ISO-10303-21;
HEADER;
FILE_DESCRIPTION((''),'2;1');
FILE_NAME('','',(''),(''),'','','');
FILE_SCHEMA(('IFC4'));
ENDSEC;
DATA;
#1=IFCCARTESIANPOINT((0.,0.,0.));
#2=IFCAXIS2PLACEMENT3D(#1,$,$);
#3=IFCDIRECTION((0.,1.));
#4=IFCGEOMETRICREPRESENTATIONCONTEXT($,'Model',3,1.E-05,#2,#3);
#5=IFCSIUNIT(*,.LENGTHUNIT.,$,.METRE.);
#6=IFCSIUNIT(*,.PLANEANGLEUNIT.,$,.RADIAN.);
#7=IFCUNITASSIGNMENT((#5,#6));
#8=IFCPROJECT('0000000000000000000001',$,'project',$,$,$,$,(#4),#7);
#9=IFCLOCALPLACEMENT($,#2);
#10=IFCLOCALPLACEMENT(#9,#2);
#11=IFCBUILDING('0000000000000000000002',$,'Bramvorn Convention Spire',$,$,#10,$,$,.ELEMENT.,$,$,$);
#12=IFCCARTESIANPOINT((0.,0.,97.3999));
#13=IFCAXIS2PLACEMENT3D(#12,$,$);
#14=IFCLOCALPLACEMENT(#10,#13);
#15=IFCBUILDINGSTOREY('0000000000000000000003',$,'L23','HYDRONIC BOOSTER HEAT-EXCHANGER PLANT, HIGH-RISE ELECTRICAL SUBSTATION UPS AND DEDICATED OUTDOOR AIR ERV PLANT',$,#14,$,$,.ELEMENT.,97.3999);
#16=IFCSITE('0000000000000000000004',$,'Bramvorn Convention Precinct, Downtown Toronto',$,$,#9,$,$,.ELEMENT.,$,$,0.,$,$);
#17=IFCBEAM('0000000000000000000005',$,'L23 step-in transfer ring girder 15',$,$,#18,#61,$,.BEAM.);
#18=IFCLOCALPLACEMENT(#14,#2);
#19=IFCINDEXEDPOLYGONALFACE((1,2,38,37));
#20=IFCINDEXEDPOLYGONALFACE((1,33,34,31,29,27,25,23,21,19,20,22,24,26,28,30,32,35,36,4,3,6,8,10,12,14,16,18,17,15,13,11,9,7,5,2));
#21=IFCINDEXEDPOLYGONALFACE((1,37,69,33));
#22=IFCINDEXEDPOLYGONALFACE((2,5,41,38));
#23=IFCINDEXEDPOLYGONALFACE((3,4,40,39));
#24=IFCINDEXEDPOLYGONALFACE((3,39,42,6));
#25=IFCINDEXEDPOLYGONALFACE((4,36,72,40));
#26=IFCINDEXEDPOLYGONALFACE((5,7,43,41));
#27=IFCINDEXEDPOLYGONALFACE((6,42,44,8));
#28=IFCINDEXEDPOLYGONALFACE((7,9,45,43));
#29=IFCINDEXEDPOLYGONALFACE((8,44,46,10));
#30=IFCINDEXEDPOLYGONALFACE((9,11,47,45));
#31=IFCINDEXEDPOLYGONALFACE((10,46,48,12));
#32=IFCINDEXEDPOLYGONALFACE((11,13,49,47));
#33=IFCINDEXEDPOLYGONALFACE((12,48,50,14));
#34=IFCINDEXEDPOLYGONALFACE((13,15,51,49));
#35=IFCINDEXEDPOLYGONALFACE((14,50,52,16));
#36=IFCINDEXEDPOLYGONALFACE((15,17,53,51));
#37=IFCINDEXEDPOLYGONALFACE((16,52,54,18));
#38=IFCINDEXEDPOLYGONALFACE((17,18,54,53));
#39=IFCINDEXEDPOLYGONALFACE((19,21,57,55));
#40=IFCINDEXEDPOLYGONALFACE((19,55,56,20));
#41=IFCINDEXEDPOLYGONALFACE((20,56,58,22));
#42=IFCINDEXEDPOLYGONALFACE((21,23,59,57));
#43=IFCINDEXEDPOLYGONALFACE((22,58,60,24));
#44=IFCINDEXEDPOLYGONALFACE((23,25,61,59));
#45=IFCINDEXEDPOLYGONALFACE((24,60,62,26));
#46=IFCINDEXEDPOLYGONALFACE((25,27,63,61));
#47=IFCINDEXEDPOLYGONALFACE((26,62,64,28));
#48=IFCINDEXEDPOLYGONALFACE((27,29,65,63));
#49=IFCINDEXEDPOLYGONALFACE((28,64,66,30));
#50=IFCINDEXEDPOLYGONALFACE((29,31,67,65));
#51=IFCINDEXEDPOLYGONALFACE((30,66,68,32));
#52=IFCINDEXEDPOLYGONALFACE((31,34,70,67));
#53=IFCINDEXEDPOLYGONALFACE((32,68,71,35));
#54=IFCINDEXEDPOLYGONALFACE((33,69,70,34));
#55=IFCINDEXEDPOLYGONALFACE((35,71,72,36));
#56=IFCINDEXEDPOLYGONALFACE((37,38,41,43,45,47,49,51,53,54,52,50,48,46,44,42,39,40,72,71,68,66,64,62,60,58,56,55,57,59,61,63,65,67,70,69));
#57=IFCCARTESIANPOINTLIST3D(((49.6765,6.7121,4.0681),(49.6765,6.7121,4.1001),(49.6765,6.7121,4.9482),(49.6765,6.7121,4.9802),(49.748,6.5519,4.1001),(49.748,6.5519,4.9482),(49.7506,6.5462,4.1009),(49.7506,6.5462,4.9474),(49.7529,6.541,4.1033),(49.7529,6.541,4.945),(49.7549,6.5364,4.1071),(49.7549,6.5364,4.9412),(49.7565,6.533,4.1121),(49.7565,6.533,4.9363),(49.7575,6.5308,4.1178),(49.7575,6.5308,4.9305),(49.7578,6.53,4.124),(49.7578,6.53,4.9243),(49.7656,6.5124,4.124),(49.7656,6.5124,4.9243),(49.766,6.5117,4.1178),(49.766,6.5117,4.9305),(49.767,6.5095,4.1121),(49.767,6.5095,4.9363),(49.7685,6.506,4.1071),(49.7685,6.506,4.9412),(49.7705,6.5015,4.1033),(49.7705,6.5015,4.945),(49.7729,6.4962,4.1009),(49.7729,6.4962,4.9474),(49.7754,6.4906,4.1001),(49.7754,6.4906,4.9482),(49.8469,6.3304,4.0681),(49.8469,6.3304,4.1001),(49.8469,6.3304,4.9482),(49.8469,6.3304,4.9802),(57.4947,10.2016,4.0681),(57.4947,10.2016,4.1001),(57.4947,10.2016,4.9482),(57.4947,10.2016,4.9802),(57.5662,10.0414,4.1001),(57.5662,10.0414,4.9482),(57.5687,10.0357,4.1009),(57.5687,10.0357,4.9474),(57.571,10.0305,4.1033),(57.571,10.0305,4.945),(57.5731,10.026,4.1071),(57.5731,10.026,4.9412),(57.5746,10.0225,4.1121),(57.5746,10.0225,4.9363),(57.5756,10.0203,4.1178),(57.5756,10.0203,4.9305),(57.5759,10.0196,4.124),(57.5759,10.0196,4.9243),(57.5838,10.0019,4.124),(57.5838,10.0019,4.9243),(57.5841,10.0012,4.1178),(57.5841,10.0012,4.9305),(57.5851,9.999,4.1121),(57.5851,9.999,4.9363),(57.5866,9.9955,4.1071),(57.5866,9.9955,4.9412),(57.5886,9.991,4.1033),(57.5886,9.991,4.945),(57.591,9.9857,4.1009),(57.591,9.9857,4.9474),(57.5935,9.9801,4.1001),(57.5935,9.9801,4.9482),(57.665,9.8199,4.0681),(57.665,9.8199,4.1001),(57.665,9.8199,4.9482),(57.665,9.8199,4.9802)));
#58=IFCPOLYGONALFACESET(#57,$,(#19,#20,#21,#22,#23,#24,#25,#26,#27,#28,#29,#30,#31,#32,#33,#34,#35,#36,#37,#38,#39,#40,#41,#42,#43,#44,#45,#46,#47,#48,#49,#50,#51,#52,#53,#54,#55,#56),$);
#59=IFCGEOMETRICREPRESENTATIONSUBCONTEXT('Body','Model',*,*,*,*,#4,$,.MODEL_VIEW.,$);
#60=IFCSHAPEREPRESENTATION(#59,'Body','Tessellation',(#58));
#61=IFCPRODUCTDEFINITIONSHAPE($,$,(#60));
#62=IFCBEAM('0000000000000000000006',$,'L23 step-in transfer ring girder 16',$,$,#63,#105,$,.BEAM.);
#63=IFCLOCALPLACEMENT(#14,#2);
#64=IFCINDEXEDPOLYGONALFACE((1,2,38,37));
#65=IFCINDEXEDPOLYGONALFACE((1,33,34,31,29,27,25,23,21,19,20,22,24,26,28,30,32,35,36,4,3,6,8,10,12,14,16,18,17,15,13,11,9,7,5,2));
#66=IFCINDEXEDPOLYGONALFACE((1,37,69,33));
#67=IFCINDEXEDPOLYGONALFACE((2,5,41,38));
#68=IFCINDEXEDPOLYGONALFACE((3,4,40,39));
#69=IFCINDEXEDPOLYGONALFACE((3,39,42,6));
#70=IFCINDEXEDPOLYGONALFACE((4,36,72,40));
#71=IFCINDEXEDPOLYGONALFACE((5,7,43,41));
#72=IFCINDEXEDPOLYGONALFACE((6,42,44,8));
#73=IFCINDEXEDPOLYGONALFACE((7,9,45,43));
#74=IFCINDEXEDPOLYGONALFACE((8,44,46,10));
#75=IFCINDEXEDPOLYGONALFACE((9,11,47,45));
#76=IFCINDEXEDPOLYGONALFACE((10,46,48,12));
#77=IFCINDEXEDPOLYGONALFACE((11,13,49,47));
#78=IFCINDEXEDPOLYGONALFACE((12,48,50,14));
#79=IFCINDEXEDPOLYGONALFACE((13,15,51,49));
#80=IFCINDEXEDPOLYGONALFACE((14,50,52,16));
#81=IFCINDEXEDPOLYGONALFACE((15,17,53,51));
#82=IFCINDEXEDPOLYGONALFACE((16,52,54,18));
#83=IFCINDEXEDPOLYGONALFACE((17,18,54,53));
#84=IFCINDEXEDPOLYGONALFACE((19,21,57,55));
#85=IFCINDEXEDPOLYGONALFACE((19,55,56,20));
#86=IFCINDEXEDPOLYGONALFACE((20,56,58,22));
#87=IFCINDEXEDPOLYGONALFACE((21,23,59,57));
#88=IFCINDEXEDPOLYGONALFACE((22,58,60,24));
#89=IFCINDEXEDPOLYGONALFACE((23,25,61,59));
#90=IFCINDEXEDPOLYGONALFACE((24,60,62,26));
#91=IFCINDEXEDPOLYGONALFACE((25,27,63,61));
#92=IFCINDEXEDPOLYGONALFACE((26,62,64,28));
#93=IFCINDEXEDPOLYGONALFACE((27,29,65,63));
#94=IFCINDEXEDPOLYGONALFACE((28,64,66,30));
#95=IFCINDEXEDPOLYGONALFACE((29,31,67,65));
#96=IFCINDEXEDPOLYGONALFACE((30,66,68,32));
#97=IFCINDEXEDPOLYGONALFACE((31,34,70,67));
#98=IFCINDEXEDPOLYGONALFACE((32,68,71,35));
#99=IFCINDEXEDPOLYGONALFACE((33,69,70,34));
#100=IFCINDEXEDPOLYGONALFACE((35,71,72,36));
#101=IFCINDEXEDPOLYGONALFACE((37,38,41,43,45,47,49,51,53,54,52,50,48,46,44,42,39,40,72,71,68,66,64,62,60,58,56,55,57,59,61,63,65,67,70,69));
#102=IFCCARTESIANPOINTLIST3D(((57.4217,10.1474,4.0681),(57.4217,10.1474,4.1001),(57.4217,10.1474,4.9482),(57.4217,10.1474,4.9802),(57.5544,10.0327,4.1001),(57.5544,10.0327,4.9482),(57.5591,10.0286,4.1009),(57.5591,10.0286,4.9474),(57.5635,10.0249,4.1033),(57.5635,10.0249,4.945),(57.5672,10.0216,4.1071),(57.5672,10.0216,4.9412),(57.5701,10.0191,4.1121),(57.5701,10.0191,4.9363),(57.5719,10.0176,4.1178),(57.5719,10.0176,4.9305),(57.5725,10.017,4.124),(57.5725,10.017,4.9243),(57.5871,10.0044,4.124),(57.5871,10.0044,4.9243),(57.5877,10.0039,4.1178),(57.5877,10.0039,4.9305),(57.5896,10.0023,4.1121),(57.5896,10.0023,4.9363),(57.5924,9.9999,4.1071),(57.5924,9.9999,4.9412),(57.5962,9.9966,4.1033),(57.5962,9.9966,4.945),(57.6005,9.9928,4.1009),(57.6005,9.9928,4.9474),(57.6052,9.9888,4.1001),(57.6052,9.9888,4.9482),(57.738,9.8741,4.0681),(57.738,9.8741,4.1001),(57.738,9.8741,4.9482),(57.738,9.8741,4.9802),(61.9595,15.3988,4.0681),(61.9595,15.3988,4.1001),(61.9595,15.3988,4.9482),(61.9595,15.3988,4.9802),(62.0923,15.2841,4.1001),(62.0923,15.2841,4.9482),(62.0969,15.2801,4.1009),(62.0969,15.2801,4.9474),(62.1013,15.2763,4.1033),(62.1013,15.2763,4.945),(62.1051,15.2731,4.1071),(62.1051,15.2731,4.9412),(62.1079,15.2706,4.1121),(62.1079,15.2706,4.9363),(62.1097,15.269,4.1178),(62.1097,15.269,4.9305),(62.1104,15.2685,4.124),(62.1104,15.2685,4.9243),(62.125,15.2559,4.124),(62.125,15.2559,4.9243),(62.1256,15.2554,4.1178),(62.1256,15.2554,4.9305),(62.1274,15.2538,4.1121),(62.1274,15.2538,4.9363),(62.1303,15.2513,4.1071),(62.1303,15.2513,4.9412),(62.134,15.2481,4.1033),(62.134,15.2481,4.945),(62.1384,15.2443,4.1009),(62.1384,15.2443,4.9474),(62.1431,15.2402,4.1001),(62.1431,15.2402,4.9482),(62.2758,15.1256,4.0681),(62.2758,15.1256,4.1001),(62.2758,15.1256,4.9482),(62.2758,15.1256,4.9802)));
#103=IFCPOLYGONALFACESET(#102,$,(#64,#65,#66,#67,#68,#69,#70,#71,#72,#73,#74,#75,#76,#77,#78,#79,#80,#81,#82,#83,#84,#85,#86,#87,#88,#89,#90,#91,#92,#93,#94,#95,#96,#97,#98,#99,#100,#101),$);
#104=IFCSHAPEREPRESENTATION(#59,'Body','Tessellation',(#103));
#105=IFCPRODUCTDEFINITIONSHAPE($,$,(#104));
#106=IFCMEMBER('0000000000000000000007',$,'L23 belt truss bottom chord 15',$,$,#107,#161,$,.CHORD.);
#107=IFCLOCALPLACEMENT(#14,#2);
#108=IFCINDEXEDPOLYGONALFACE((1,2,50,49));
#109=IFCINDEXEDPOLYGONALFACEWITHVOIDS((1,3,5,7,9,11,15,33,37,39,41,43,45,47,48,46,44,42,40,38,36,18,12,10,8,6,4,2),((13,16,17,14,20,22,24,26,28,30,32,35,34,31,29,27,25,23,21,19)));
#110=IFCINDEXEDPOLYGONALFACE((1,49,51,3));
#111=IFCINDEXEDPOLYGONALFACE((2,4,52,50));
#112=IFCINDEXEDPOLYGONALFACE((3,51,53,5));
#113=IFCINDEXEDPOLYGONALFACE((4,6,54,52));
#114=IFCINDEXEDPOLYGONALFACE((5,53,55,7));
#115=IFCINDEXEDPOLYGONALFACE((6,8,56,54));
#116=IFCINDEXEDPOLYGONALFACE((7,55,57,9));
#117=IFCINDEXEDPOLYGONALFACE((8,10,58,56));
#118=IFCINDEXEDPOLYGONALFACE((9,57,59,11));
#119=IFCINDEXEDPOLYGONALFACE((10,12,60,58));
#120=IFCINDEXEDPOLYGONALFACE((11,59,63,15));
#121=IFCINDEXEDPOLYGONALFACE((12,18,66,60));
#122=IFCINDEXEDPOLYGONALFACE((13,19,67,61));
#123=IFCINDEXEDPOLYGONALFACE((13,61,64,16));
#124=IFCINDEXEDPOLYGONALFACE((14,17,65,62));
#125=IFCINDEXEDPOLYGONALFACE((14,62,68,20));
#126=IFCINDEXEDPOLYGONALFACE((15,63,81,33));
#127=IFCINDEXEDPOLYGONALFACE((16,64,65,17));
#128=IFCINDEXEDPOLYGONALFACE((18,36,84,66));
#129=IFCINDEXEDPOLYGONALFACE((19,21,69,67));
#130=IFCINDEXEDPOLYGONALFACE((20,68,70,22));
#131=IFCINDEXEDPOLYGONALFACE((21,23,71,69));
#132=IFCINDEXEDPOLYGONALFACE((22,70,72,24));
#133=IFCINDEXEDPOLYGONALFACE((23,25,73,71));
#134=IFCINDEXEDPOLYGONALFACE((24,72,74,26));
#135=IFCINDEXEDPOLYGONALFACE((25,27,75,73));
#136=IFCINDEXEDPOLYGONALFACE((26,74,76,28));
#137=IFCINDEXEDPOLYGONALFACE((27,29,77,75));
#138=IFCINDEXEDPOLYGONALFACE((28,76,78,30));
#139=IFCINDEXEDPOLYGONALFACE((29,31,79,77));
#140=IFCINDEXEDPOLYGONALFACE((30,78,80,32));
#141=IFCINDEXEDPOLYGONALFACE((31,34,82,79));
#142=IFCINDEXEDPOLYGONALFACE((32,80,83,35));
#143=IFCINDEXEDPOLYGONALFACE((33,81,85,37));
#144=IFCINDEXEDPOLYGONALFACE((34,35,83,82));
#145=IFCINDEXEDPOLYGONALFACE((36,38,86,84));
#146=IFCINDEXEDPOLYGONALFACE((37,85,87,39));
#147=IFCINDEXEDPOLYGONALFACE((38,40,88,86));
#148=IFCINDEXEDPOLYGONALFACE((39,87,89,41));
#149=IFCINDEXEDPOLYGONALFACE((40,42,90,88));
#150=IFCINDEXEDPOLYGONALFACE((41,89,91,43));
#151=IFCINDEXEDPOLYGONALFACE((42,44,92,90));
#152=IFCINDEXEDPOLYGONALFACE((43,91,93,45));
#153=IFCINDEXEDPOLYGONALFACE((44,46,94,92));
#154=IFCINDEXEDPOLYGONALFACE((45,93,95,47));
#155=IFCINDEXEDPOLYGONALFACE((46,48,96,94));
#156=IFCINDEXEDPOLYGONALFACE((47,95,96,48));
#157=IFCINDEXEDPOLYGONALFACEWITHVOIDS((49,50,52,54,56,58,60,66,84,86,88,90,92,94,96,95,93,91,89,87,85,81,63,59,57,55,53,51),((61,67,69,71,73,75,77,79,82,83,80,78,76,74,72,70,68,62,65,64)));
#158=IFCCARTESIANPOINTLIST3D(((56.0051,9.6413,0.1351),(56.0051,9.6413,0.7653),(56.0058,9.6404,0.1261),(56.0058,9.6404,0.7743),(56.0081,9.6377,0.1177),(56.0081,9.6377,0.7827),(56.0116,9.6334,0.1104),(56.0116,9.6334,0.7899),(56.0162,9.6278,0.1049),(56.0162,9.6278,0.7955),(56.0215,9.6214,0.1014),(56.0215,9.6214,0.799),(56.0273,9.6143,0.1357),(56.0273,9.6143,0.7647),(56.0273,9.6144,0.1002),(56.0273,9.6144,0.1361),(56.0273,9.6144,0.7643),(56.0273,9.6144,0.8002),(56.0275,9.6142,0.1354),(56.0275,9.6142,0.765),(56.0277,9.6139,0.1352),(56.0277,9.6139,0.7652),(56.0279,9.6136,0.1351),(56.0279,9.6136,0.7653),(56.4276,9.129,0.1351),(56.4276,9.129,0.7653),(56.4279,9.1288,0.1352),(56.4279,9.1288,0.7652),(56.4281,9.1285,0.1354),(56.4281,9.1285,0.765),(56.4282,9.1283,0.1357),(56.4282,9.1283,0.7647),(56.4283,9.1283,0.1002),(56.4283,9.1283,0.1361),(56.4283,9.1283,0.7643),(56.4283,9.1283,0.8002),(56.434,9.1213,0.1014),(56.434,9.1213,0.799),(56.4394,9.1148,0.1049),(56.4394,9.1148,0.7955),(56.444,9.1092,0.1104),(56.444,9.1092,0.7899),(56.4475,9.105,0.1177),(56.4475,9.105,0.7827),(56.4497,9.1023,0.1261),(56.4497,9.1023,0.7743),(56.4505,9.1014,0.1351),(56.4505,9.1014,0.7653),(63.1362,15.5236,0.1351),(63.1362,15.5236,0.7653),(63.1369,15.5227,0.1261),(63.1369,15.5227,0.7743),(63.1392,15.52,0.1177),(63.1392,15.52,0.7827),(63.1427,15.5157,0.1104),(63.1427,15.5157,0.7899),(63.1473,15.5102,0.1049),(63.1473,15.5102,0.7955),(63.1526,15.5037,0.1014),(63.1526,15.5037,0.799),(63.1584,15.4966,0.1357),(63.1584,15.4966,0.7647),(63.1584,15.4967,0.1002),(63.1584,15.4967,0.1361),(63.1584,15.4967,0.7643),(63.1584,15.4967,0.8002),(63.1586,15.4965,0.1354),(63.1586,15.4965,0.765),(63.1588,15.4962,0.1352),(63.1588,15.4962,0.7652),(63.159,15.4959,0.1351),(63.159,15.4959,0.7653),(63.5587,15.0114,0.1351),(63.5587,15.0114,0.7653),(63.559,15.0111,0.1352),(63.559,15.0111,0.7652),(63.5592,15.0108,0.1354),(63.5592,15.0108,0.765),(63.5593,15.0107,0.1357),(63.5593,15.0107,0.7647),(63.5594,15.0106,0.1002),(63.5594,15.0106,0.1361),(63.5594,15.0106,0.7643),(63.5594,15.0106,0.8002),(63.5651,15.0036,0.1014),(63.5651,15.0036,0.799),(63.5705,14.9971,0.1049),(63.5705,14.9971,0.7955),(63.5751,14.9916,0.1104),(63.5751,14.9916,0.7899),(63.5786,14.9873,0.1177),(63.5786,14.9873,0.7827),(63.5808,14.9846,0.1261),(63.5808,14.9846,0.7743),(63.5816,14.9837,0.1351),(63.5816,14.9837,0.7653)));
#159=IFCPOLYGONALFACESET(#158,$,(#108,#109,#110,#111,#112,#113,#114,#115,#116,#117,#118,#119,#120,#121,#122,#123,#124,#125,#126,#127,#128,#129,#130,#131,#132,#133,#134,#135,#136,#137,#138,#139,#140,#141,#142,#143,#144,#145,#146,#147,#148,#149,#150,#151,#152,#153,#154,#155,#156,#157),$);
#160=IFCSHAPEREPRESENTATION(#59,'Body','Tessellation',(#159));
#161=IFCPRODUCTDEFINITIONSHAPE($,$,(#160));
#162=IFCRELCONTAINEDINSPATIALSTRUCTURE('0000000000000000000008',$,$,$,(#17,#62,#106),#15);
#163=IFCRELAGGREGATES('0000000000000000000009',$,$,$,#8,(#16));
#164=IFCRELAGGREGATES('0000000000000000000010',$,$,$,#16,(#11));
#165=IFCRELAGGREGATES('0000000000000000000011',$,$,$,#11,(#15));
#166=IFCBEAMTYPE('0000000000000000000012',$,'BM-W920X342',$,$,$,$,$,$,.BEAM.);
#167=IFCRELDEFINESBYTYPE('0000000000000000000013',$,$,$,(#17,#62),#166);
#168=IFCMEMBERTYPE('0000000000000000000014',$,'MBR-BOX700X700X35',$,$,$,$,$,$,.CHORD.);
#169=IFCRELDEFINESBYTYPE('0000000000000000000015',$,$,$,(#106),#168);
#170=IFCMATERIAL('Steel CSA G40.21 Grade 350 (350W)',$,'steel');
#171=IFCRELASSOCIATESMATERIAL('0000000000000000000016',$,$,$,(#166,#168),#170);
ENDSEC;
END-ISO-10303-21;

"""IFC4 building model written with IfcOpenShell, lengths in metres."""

from ifc_helpers import new_model, si_unit, direction, frame, origin, origin_2d, place, context, subcontext, project, spatial, hollow_rectangle, i_section, extrude, material, material_profile, profile_set, type_object, element, save


model = new_model("IFC4")

# Units and contexts
model_context = context("Model", 3, precision=1e-05, world=origin(), true_north=direction((0.0, 1.0)))
body_context = subcontext(model_context, "Body", "Model", "MODEL_VIEW")
ifc_project = project(units=[si_unit("LENGTHUNIT", "METRE"), si_unit("PLANEANGLEUNIT", "RADIAN")], contexts=[model_context])

# Site, building, storey
site_placement = place(None, origin())
site = spatial("IfcSite", under=ifc_project, at=site_placement, Name="Bramvorn Convention Precinct, Downtown Toronto", CompositionType="ELEMENT", RefElevation=0.0)
building_placement = place(site_placement, origin())
building = spatial("IfcBuilding", under=site, at=building_placement, Name="Bramvorn Convention Spire", CompositionType="ELEMENT")
storey_placement = place(building_placement, frame((0.0, 0.0, 97.3999)))
storey = spatial("IfcBuildingStorey", under=building, at=storey_placement, Name="L23", Description="HYDRONIC BOOSTER HEAT-EXCHANGER PLANT, HIGH-RISE ELECTRICAL SUBSTATION UPS AND DEDICATED OUTDOOR AIR ERV PLANT", CompositionType="ELEMENT", Elevation=97.3999)

# Shared definitions
ifc_material_1 = material(Name="Steel CSA G40.21 Grade 350 (350W)", Category="steel")

# Beams
ifc_material_profile_1 = material_profile(ifc_material_1, i_section(OverallWidth=0.418, OverallDepth=0.9121, WebThickness=0.0193, FlangeThickness=0.032, FilletRadius=0.0239, at=origin_2d()))
ifc_profile_set_1 = profile_set([ifc_material_profile_1], Name="Steel CSA G40.21 Grade 350 (350W) - W920X342")
beam_type = type_object("IfcBeamType", Name="BM-W920X342", PredefinedType="BEAM", material=ifc_profile_set_1)
beam_1_placement = place(storey_placement, frame((49.7617, 6.5212, 4.5242), z_axis=(0.91317, 0.40758, 0.0), x_axis=(-0.40758, 0.91317, 0.0)))
element("IfcBeam", 1, at=beam_1_placement, inside=storey, type_object=beam_type, Name="L23 step-in transfer ring girder 15", PredefinedType="BEAM", context=body_context, shape_type="SweptSolid", body=[
    extrude(i_section(OverallWidth=0.418, OverallDepth=0.9121, WebThickness=0.0193, FlangeThickness=0.032, FilletRadius=0.0239, at=origin_2d()), origin(), (0.0, 0.0, 1.0), 8.5615),
])
beam_2_placement = place(storey_placement, frame((57.5798, 10.0107, 4.5242), z_axis=(0.653825, 0.756646, 0.0), x_axis=(-0.756646, 0.653825, 0.0)))
element("IfcBeam", 2, at=beam_2_placement, inside=storey, type_object=beam_type, Name="L23 step-in transfer ring girder 16", PredefinedType="BEAM", context=body_context, shape_type="SweptSolid", body=[
    extrude(i_section(OverallWidth=0.418, OverallDepth=0.9121, WebThickness=0.0193, FlangeThickness=0.032, FilletRadius=0.0239, at=origin_2d()), origin(), (0.0, 0.0, 1.0), 6.9404),
])

# Member
ifc_material_profile_2 = material_profile(ifc_material_1, hollow_rectangle(XDim=0.7, YDim=0.7, WallThickness=0.0349, InnerFilletRadius=0.001, OuterFilletRadius=0.0349, at=origin_2d()))
ifc_profile_set_2 = profile_set([ifc_material_profile_2], Name="Steel CSA G40.21 Grade 350 (350W) - BOX700X700X35")
member_type_1 = type_object("IfcMemberType", Name="MBR-BOX700X700X35", PredefinedType="CHORD", material=ifc_profile_set_2)
member_1_placement = place(storey_placement, frame((56.2278, 9.3713, 0.4502), z_axis=(0.771418, 0.636329, 0.0), x_axis=(-0.636329, 0.771418, 0.0)))
element("IfcMember", 3, at=member_1_placement, inside=storey, type_object=member_type_1, Name="L23 belt truss bottom chord 15", PredefinedType="CHORD", context=body_context, shape_type="SweptSolid", body=[
    extrude(hollow_rectangle(XDim=0.7, YDim=0.7, WallThickness=0.0349, InnerFilletRadius=0.001, OuterFilletRadius=0.0349, at=origin_2d()), origin(), (0.0, 0.0, 1.0), 9.2441),
])

save(model, "model.ifc")
